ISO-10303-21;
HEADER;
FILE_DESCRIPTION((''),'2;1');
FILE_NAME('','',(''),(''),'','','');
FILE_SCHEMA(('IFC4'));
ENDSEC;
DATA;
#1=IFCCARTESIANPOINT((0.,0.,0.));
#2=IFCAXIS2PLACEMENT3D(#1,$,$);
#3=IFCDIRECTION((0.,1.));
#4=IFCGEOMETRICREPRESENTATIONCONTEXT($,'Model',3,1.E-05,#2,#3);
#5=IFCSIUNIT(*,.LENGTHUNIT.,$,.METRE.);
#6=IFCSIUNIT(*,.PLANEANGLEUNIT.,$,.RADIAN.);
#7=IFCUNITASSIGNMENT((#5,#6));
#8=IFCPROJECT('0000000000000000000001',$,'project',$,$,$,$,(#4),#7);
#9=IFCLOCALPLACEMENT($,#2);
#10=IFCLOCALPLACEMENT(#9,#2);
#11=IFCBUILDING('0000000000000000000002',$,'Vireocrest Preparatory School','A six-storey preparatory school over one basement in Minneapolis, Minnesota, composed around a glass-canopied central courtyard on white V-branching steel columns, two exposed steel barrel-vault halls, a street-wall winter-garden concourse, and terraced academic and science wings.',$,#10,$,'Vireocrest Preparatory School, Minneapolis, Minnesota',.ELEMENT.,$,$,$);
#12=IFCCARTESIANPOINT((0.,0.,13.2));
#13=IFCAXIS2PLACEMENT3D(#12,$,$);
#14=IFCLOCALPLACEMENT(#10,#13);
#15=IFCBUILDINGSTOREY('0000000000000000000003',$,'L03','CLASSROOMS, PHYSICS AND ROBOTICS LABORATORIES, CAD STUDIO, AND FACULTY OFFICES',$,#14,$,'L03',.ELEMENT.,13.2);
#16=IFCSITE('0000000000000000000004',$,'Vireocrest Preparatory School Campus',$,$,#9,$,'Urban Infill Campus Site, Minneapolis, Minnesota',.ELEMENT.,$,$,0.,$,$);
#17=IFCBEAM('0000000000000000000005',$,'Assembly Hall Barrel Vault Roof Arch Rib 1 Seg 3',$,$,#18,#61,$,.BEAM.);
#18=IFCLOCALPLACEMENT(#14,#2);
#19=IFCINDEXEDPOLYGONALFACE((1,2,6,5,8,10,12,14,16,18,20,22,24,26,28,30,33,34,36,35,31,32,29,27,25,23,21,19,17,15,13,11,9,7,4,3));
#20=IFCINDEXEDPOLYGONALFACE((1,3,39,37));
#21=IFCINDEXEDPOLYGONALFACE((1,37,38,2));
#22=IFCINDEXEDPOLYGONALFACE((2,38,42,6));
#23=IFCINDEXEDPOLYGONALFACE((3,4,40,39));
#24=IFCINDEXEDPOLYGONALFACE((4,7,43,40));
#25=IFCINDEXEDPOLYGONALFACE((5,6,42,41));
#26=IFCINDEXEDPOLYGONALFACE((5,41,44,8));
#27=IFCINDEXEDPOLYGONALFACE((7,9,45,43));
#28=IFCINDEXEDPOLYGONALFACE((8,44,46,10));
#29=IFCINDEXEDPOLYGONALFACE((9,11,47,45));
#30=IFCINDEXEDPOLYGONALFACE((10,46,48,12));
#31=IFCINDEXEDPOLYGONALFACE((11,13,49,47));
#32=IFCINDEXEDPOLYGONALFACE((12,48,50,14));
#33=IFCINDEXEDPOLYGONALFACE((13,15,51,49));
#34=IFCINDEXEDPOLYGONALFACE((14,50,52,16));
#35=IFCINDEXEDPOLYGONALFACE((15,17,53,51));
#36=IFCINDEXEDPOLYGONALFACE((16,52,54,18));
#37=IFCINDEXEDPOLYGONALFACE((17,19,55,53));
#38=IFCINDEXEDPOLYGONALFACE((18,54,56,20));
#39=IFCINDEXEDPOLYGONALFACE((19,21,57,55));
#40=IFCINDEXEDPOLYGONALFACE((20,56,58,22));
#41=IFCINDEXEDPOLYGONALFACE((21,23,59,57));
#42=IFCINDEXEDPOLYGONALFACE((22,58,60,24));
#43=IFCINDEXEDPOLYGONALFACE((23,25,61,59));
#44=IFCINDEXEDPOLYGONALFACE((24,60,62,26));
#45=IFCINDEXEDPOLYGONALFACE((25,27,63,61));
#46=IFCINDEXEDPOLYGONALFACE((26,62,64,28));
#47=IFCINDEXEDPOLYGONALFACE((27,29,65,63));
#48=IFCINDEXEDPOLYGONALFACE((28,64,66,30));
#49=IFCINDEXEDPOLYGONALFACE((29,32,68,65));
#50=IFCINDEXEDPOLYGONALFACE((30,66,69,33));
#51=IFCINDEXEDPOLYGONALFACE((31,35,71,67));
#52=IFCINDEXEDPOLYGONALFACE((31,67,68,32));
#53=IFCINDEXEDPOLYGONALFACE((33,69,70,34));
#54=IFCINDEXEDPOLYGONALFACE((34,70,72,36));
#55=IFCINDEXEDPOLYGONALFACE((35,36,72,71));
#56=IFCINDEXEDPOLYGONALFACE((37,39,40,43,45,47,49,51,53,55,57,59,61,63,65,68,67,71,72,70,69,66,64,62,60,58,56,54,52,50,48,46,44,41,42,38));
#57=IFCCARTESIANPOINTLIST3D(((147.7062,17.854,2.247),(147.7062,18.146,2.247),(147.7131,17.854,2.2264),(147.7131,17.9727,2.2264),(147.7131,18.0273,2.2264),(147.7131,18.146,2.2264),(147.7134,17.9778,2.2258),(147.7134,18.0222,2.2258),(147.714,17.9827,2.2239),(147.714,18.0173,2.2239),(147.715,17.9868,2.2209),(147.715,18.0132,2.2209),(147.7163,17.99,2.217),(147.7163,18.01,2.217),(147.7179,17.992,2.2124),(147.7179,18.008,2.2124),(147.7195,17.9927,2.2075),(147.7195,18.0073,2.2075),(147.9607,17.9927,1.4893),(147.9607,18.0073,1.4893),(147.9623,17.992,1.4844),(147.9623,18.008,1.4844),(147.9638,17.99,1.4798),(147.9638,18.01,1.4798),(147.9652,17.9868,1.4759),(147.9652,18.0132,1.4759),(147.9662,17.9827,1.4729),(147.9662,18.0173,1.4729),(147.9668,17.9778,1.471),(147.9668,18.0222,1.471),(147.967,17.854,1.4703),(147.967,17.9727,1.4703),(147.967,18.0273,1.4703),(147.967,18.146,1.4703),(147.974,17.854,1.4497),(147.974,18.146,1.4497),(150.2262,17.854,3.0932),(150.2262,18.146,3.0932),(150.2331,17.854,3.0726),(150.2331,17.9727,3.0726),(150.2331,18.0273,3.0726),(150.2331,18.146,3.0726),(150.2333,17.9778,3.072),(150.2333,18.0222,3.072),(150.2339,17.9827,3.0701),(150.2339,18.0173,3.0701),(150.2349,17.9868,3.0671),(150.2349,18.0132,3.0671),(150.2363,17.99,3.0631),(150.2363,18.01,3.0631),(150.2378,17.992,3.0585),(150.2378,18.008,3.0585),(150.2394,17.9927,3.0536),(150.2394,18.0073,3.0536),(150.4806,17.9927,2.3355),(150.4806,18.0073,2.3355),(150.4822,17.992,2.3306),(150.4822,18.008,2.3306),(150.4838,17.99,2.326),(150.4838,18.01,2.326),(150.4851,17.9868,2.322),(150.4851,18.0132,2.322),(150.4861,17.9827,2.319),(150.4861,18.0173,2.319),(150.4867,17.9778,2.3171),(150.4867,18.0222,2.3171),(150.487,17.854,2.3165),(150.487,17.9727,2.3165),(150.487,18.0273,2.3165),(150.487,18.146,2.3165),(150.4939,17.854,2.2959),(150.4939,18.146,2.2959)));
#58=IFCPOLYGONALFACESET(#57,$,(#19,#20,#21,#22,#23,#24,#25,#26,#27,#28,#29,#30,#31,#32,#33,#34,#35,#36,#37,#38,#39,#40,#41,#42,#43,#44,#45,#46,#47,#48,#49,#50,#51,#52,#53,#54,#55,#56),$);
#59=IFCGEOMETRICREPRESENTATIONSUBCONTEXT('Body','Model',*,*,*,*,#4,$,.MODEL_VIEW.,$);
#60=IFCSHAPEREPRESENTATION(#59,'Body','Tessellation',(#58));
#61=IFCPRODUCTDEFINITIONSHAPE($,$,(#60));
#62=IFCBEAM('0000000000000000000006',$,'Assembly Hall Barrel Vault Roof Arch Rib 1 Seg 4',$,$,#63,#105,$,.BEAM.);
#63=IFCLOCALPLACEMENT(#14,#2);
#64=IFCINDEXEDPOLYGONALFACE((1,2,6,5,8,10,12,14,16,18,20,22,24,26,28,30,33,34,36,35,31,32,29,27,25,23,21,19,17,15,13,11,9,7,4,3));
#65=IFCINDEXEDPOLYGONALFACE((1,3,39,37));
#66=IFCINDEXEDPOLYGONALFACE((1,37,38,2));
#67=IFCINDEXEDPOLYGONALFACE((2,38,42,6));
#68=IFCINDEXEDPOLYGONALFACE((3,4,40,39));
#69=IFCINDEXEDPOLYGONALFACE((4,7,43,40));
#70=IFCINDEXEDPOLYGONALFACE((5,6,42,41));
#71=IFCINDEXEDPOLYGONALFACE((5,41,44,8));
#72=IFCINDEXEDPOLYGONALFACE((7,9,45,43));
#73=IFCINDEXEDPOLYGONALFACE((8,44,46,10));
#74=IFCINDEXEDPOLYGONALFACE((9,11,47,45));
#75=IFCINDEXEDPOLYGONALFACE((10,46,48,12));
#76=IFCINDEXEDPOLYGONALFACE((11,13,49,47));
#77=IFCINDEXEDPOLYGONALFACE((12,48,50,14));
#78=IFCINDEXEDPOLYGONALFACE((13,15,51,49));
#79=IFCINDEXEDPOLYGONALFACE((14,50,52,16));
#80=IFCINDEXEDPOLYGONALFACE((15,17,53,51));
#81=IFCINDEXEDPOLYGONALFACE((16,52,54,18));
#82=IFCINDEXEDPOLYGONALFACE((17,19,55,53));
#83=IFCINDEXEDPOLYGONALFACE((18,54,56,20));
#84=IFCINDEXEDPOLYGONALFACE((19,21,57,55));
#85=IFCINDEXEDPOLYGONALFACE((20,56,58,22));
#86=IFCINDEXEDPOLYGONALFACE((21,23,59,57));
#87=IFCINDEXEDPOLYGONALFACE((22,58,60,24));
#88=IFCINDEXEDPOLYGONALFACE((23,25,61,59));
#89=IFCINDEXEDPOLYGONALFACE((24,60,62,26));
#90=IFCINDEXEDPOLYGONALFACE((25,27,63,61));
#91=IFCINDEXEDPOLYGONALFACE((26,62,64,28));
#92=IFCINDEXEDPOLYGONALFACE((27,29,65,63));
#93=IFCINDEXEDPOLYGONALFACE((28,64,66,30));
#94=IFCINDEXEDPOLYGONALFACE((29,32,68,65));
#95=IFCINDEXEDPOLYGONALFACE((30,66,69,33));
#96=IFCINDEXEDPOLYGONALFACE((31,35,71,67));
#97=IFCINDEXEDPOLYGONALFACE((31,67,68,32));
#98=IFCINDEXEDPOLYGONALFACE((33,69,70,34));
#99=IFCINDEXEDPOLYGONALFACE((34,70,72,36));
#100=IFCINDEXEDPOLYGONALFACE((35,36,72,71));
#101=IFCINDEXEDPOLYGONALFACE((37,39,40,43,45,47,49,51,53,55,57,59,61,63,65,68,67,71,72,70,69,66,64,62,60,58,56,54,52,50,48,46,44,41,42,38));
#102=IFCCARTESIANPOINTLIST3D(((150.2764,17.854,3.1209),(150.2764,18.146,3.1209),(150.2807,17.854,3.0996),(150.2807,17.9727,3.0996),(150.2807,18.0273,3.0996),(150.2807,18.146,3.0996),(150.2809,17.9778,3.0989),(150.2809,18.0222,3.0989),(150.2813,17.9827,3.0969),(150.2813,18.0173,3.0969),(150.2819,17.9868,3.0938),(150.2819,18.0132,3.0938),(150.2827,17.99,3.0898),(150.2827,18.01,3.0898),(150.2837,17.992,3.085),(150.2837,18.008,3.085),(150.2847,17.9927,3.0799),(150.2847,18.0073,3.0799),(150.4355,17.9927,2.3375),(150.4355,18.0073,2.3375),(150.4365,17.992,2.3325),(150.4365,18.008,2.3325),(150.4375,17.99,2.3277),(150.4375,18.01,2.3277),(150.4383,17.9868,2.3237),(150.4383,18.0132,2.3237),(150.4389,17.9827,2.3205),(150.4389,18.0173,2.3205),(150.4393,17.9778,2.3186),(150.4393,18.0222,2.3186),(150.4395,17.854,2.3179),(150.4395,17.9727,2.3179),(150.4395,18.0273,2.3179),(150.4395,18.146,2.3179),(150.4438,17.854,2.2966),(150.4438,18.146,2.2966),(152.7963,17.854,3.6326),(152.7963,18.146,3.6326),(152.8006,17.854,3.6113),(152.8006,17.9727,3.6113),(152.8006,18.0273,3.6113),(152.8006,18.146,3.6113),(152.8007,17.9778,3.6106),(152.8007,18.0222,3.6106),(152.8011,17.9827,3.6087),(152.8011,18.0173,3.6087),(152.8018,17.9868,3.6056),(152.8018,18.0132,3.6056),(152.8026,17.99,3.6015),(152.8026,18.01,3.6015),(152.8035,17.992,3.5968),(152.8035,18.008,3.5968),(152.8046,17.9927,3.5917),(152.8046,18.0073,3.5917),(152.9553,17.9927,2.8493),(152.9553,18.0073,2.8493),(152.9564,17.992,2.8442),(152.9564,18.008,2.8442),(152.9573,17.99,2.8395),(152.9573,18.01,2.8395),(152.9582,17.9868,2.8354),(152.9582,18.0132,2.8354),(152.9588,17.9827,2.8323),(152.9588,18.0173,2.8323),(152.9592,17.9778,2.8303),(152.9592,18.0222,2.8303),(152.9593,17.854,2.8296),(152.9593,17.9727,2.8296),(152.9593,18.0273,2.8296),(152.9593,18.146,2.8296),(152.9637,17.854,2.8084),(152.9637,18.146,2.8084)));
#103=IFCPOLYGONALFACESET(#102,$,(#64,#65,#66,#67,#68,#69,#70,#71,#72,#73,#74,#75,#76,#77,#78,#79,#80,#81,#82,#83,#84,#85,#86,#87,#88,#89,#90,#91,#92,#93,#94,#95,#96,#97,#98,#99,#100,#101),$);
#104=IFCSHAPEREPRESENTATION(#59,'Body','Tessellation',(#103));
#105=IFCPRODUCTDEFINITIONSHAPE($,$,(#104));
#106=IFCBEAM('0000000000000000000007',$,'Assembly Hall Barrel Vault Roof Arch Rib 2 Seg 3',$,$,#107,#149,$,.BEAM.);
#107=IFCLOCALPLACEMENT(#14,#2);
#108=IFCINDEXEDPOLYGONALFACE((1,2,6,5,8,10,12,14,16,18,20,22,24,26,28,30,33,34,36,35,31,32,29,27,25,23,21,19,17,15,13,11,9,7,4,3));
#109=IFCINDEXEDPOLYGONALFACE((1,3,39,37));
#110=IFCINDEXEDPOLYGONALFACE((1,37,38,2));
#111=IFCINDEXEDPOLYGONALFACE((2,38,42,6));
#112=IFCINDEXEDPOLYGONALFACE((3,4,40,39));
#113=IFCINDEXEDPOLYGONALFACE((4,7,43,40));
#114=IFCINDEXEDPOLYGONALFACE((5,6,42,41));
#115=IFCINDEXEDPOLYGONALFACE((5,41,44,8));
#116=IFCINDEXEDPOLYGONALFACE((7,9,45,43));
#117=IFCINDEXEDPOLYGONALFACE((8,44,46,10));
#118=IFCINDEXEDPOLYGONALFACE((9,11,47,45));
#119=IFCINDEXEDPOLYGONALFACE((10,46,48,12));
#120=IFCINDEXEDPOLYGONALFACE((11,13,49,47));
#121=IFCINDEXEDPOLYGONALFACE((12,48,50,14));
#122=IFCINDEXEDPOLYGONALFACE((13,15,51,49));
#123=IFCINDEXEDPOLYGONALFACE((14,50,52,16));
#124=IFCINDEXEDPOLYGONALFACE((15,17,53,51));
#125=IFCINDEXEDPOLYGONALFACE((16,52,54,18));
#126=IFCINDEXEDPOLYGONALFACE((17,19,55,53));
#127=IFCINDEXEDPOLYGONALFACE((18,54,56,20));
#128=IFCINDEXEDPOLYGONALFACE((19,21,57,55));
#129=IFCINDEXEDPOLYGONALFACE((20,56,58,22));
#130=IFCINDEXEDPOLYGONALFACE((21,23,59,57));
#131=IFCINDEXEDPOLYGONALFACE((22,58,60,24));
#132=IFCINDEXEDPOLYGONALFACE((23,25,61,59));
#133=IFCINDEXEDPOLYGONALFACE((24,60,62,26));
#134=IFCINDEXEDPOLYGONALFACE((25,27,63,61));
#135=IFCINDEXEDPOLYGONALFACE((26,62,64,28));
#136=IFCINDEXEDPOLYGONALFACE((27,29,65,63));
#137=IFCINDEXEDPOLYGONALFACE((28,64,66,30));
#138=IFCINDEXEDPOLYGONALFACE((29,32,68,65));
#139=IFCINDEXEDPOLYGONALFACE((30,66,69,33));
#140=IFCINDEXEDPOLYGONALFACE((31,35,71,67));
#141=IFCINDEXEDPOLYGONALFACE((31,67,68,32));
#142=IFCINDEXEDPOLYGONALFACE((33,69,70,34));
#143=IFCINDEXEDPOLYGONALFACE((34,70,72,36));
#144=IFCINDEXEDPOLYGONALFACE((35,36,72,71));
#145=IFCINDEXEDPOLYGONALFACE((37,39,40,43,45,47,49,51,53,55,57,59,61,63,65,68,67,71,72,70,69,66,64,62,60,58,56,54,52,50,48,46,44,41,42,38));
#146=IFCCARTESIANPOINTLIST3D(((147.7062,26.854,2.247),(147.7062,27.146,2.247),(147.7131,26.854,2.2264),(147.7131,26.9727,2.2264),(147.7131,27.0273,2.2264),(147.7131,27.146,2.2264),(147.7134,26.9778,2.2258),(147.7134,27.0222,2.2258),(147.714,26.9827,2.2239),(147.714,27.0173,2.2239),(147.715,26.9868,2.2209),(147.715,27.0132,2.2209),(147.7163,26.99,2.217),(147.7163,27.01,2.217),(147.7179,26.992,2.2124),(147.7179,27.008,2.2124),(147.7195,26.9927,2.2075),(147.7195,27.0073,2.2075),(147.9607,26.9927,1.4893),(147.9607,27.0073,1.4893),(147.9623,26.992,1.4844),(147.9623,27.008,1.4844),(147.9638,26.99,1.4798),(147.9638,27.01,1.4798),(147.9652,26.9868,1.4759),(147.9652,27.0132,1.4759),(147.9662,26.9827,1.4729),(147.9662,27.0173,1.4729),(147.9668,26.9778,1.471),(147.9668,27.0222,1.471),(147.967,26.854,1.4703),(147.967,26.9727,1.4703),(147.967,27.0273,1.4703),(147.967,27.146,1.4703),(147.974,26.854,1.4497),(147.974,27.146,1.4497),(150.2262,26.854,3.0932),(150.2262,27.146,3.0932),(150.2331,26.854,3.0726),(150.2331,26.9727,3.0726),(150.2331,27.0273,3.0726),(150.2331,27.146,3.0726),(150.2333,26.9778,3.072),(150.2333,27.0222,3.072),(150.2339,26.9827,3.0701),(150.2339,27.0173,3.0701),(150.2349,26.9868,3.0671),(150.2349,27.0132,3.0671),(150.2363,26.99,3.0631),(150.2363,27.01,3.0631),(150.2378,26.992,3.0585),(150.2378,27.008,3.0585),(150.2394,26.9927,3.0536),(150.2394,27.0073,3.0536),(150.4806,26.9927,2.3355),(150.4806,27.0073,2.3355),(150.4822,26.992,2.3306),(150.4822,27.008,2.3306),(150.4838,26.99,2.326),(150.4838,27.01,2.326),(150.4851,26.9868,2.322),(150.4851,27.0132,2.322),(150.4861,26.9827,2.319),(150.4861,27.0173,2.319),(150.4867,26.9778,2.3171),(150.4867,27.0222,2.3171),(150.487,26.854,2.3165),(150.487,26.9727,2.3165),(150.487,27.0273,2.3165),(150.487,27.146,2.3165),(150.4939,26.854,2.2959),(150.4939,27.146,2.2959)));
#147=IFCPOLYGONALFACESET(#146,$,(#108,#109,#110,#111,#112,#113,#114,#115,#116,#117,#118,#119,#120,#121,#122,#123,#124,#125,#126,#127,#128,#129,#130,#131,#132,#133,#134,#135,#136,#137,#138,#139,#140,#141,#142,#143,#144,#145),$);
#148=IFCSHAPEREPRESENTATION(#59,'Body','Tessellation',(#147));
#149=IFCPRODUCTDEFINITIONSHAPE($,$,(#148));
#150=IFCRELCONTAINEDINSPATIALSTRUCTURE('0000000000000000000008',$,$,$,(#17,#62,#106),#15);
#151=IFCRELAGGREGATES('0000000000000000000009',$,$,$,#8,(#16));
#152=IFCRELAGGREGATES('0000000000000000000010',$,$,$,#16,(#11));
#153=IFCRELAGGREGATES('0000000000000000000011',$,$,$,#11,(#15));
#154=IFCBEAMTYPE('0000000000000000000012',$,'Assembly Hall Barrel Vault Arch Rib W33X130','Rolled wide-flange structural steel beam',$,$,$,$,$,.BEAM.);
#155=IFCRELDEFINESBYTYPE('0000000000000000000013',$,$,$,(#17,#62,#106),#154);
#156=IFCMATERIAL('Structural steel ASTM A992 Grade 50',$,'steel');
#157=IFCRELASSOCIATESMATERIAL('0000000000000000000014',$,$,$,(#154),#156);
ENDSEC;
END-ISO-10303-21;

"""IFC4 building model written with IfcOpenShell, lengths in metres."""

from ifc_helpers import new_model, si_unit, direction, frame, origin, origin_2d, place, context, subcontext, project, spatial, i_section, extrude, material, material_profile, profile_set, type_object, element, save


model = new_model("IFC4")

# Units and contexts
model_context = context("Model", 3, precision=1e-05, world=origin(), true_north=direction((0.0, 1.0)))
body_context = subcontext(model_context, "Body", "Model", "MODEL_VIEW")
ifc_project = project(units=[si_unit("LENGTHUNIT", "METRE"), si_unit("PLANEANGLEUNIT", "RADIAN")], contexts=[model_context])

# Site, building, storey
site_placement = place(None, origin())
site = spatial("IfcSite", under=ifc_project, at=site_placement, Name="Vireocrest Preparatory School Campus", LongName="Urban Infill Campus Site, Minneapolis, Minnesota", CompositionType="ELEMENT", RefElevation=0.0)
building_placement = place(site_placement, origin())
building = spatial("IfcBuilding", under=site, at=building_placement, Name="Vireocrest Preparatory School", Description="A six-storey preparatory school over one basement in Minneapolis, Minnesota, composed around a glass-canopied central courtyard on white V-branching steel columns, two exposed steel barrel-vault halls, a street-wall winter-garden concourse, and terraced academic and science wings.", LongName="Vireocrest Preparatory School, Minneapolis, Minnesota", CompositionType="ELEMENT")
storey_placement = place(building_placement, frame((0.0, 0.0, 13.2)))
storey = spatial("IfcBuildingStorey", under=building, at=storey_placement, Name="L03", Description="CLASSROOMS, PHYSICS AND ROBOTICS LABORATORIES, CAD STUDIO, AND FACULTY OFFICES", LongName="L03", CompositionType="ELEMENT", Elevation=13.2)

# Beams
ifc_material_1 = material(Name="Structural steel ASTM A992 Grade 50", Category="steel")
ifc_material_profile_1 = material_profile(ifc_material_1, i_section(OverallWidth=0.292, OverallDepth=0.8411, WebThickness=0.0146, FlangeThickness=0.0217, FilletRadius=0.02, at=origin_2d()), Name="W33X130")
ifc_profile_set_1 = profile_set([ifc_material_profile_1], Name="Structural steel ASTM A992 Grade 50")
beam_type = type_object("IfcBeamType", Name="Assembly Hall Barrel Vault Arch Rib W33X130", Description="Rolled wide-flange structural steel beam", PredefinedType="BEAM", material=ifc_profile_set_1)
beam_1_placement = place(storey_placement, frame((147.8401, 18.0, 1.8484), z_axis=(0.947983, 0.0, 0.318321), x_axis=(0.0, 1.0, 0.0)))
element("IfcBeam", 1, at=beam_1_placement, inside=storey, type_object=beam_type, Name="Assembly Hall Barrel Vault Roof Arch Rib 1 Seg 3", PredefinedType="BEAM", context=body_context, shape_type="SweptSolid", body=[
    extrude(i_section(OverallWidth=0.292, OverallDepth=0.8411, WebThickness=0.0146, FlangeThickness=0.0217, FilletRadius=0.02, at=origin_2d()), origin(), (0.0, 0.0, 1.0), 2.6582),
])
beam_2_placement = place(storey_placement, frame((150.3601, 18.0, 2.7087), z_axis=(0.979996, 0.0, 0.199019), x_axis=(0.0, 1.0, 0.0)))
element("IfcBeam", 2, at=beam_2_placement, inside=storey, type_object=beam_type, Name="Assembly Hall Barrel Vault Roof Arch Rib 1 Seg 4", PredefinedType="BEAM", context=body_context, shape_type="SweptSolid", body=[
    extrude(i_section(OverallWidth=0.292, OverallDepth=0.8411, WebThickness=0.0146, FlangeThickness=0.0217, FilletRadius=0.02, at=origin_2d()), origin(), (0.0, 0.0, 1.0), 2.5713),
])
beam_3_placement = place(storey_placement, frame((147.8401, 27.0, 1.8484), z_axis=(0.947983, 0.0, 0.318321), x_axis=(0.0, 1.0, 0.0)))
element("IfcBeam", 3, at=beam_3_placement, inside=storey, type_object=beam_type, Name="Assembly Hall Barrel Vault Roof Arch Rib 2 Seg 3", PredefinedType="BEAM", context=body_context, shape_type="SweptSolid", body=[
    extrude(i_section(OverallWidth=0.292, OverallDepth=0.8411, WebThickness=0.0146, FlangeThickness=0.0217, FilletRadius=0.02, at=origin_2d()), origin(), (0.0, 0.0, 1.0), 2.6582),
])

save(model, "model.ifc")
